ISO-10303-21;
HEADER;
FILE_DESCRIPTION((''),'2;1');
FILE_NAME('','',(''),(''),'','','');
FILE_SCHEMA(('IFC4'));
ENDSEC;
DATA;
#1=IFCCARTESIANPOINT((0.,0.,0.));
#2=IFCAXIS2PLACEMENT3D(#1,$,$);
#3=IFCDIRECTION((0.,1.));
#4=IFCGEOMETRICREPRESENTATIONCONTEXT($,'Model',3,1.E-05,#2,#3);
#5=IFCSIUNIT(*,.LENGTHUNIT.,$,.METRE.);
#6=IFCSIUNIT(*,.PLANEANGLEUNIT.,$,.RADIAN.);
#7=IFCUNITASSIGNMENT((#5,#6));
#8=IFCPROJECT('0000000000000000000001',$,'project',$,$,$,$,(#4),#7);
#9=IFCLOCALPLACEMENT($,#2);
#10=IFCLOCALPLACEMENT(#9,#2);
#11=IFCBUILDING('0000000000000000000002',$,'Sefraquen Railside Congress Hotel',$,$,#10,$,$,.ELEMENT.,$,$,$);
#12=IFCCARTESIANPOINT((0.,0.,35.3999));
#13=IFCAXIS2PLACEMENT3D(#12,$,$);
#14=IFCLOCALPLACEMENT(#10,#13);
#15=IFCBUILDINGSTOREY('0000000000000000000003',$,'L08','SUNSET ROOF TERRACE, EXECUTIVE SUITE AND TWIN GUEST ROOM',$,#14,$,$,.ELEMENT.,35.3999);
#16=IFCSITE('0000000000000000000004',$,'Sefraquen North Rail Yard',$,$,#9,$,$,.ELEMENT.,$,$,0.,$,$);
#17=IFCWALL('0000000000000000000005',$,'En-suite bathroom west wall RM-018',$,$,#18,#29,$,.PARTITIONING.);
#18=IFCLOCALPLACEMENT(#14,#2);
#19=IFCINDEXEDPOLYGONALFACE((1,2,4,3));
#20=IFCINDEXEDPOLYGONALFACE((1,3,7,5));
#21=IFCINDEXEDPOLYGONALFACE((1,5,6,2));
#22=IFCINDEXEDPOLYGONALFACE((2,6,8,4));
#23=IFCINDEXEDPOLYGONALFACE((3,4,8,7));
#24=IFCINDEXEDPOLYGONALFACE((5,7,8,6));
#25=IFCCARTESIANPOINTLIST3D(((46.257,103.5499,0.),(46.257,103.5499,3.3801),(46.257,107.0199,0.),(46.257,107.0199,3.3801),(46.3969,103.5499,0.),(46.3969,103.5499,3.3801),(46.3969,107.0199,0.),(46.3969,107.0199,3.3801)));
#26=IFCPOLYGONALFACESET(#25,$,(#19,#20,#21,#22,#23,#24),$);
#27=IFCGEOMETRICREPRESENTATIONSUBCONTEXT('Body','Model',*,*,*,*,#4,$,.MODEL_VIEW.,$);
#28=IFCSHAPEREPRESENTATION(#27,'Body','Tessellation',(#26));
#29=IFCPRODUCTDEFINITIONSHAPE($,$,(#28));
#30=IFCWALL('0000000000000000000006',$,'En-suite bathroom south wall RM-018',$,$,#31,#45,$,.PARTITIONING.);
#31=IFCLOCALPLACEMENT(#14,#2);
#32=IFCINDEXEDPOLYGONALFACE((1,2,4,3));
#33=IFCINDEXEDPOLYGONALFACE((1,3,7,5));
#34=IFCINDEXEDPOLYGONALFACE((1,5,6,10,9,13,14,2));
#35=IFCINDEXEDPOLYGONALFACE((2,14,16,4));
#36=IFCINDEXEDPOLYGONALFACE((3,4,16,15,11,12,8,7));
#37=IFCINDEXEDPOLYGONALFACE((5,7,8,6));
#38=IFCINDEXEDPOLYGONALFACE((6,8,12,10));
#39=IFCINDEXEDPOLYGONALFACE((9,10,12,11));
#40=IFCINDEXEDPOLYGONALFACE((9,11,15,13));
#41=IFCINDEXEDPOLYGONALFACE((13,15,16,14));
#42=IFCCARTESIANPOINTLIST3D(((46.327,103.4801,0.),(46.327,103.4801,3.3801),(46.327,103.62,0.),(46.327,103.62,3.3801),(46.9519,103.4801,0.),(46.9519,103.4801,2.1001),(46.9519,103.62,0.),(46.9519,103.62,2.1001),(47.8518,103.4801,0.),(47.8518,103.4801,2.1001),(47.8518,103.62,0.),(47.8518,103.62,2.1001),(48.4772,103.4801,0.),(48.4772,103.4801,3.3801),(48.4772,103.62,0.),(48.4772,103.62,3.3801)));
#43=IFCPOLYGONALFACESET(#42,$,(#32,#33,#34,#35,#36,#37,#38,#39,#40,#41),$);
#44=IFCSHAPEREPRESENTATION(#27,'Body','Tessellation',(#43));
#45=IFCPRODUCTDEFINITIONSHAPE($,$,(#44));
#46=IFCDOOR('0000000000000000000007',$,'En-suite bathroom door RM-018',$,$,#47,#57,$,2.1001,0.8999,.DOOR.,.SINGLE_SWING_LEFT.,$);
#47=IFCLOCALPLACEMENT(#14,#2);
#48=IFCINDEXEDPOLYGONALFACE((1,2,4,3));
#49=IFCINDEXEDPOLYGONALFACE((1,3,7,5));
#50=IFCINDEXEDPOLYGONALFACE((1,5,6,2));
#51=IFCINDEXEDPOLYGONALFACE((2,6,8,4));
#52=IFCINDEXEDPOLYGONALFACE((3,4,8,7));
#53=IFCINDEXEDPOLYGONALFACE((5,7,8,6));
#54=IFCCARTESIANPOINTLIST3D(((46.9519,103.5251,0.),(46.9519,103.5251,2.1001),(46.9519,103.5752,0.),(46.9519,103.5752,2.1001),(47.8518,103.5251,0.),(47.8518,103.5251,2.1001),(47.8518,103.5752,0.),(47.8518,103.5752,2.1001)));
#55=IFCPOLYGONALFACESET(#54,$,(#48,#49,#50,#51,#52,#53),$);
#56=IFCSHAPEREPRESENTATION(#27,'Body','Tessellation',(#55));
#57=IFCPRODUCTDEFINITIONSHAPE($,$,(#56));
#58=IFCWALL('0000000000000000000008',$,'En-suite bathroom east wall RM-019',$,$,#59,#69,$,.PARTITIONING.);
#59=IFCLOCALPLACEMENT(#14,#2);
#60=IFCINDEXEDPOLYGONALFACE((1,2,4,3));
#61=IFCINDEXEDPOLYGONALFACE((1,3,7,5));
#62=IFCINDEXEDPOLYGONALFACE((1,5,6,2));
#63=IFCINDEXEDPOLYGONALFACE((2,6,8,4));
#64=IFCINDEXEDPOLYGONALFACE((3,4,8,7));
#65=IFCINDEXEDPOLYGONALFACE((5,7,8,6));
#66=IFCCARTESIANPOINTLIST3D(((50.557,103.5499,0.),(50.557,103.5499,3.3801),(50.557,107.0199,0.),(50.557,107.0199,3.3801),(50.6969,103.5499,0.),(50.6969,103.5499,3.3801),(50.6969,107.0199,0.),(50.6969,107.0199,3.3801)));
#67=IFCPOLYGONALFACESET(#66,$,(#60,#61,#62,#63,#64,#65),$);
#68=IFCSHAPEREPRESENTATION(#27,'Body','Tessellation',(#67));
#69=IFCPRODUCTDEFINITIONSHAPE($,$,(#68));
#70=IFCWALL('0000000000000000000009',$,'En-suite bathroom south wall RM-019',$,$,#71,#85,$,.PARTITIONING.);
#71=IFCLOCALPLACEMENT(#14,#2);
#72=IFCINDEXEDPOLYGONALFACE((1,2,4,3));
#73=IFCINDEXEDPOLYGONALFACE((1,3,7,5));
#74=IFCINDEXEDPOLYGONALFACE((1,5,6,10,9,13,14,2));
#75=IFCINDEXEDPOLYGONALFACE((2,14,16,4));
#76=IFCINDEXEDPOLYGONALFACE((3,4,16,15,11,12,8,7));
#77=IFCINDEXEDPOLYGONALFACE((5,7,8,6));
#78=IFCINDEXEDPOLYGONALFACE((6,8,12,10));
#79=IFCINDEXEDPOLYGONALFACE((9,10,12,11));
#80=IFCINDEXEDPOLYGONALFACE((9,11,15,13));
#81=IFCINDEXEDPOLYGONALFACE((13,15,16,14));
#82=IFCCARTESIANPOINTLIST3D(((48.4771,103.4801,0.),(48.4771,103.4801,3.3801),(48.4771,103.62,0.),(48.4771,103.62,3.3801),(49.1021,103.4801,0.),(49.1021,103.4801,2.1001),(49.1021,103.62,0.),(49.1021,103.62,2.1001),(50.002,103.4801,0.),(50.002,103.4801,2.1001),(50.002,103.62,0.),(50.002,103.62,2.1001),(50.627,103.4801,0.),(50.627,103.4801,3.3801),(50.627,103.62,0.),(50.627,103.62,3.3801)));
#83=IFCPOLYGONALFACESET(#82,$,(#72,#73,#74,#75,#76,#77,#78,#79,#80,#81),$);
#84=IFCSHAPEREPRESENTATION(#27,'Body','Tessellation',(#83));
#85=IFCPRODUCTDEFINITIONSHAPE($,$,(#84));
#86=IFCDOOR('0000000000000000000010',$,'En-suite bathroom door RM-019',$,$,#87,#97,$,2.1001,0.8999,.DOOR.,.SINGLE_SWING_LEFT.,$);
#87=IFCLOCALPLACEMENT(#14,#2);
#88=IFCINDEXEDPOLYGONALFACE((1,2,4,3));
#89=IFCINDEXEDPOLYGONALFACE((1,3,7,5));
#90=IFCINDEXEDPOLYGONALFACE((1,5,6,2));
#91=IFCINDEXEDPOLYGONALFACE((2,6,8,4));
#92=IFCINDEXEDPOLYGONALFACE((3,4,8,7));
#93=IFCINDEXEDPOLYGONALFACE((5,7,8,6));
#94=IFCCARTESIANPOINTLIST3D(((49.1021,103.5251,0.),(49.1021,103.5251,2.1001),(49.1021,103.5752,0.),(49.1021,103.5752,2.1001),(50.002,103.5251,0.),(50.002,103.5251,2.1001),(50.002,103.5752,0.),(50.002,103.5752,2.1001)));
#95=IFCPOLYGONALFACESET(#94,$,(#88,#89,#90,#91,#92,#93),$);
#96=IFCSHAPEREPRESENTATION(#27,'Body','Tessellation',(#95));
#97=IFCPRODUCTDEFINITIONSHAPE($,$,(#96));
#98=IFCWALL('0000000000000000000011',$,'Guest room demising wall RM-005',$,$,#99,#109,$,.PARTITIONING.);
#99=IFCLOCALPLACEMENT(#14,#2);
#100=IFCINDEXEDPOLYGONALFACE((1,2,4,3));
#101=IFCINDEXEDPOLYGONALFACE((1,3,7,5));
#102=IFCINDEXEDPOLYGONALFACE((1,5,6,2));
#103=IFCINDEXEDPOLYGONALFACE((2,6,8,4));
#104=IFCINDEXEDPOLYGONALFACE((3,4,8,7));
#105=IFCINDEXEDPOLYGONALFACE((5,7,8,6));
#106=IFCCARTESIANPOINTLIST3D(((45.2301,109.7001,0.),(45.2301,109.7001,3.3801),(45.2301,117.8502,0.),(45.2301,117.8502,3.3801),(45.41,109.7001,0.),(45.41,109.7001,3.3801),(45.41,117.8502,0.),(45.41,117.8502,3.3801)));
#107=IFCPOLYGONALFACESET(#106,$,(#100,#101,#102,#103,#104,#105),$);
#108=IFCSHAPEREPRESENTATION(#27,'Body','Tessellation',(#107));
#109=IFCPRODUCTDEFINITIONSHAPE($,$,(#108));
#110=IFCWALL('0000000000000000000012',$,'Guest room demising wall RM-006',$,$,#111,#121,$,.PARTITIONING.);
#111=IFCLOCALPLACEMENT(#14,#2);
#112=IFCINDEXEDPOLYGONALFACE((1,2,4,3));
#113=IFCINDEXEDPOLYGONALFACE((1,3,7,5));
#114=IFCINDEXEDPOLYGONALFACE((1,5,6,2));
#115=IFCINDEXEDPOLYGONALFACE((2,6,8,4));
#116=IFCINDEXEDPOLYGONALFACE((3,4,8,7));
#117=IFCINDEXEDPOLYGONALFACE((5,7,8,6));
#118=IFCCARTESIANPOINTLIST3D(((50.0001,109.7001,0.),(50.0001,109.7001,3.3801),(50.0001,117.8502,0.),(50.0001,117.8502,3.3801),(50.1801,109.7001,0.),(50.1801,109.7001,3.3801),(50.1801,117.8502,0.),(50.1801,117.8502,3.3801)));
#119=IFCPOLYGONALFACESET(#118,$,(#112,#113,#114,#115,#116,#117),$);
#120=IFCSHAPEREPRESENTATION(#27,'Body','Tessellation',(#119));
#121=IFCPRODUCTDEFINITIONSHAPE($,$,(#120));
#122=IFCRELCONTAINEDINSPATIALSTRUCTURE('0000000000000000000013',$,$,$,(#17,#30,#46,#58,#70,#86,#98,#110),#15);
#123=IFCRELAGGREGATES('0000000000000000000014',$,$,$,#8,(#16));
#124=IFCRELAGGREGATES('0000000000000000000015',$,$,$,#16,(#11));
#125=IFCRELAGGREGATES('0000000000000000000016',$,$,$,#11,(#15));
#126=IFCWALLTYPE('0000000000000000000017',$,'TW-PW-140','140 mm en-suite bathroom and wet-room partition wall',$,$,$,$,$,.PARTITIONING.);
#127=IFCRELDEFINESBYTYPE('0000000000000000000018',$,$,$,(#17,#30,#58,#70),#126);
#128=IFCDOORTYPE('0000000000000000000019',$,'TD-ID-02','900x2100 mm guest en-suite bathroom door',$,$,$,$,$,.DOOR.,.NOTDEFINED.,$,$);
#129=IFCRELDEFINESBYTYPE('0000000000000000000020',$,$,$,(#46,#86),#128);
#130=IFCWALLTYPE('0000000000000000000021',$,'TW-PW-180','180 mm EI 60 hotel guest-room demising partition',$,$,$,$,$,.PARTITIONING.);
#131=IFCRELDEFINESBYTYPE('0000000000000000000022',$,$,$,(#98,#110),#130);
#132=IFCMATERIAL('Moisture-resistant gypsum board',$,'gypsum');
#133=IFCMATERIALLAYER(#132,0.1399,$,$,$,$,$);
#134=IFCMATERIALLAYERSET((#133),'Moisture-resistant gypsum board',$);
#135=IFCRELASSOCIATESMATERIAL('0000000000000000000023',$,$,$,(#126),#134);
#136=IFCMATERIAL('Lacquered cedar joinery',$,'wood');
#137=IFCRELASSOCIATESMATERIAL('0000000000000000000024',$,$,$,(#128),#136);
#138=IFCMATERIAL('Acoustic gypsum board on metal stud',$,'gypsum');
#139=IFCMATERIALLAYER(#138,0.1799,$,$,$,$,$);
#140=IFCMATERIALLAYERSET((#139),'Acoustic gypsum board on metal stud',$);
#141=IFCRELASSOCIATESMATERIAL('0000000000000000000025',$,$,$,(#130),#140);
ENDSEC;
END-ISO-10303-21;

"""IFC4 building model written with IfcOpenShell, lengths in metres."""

from ifc_helpers import new_model, si_unit, direction, frame, frame_2d, origin, place, context, subcontext, project, spatial, rectangle, extrude, material, layer, layer_set, type_object, element, fill, save


model = new_model("IFC4")

# Units and contexts
model_context = context("Model", 3, precision=1e-05, world=origin(), true_north=direction((0.0, 1.0)))
body_context = subcontext(model_context, "Body", "Model", "MODEL_VIEW")
ifc_project = project(units=[si_unit("LENGTHUNIT", "METRE"), si_unit("PLANEANGLEUNIT", "RADIAN")], contexts=[model_context])

# Site, building, storey
site_placement = place(None, origin())
site = spatial("IfcSite", under=ifc_project, at=site_placement, Name="Sefraquen North Rail Yard", CompositionType="ELEMENT", RefElevation=0.0)
building_placement = place(site_placement, origin())
building = spatial("IfcBuilding", under=site, at=building_placement, Name="Sefraquen Railside Congress Hotel", CompositionType="ELEMENT")
storey_placement = place(building_placement, frame((0.0, 0.0, 35.3999)))
storey = spatial("IfcBuildingStorey", under=building, at=storey_placement, Name="L08", Description="SUNSET ROOF TERRACE, EXECUTIVE SUITE AND TWIN GUEST ROOM", CompositionType="ELEMENT", Elevation=35.3999)

# Shared definitions
ifc_material_1 = material(Name="Moisture-resistant gypsum board", Category="gypsum")
ifc_layer_1 = layer(ifc_material_1, 0.1399)
ifc_layer_set_1 = layer_set([ifc_layer_1], Name="Moisture-resistant gypsum board")
wall_type_1 = type_object("IfcWallType", Name="TW-PW-140", Description="140 mm en-suite bathroom and wet-room partition wall", PredefinedType="PARTITIONING", material=ifc_layer_set_1)

# Shared definitions
ifc_material_2 = material(Name="Lacquered cedar joinery", Category="wood")
door_type = type_object("IfcDoorType", Name="TD-ID-02", Description="900x2100 mm guest en-suite bathroom door", OperationType="NOTDEFINED", PredefinedType="DOOR", material=ifc_material_2)

# Wall
wall_1_placement = place(storey_placement, frame((46.3269, 103.55, 0.0), z_axis=(0.0, 0.0, 1.0), x_axis=(0.0, 1.0, 0.0)))
element("IfcWall", 1, at=wall_1_placement, inside=storey, type_object=wall_type_1, Name="En-suite bathroom west wall RM-018", PredefinedType="PARTITIONING", context=body_context, shape_type="SweptSolid", body=[
    extrude(rectangle(XDim=3.47, YDim=0.1399, at=frame_2d((1.7349, 0.0))), origin(), (0.0, 0.0, 1.0), 3.3801),
])

# Wall, opening, door
wall_2_placement = place(storey_placement, frame((46.3269, 103.55, 0.0), z_axis=(0.0, 0.0, 1.0), x_axis=(1.0, 0.0, 0.0)))
wall_2 = element("IfcWall", 2, at=wall_2_placement, inside=storey, type_object=wall_type_1, Name="En-suite bathroom south wall RM-018", PredefinedType="PARTITIONING", context=body_context, shape_type="SweptSolid", body=[
    extrude(rectangle(XDim=2.1501, YDim=0.1399, at=frame_2d((1.0752, 0.0))), origin(), (0.0, 0.0, 1.0), 3.3801),
])
opening_1_placement = place(wall_2_placement, frame((0.625, 0.0, 0.0)))
opening_1 = element("IfcOpeningElement", 3, at=opening_1_placement, cuts=wall_2, PredefinedType="OPENING", context=body_context, shape_type="SweptSolid", body=[
    extrude(rectangle(XDim=0.8999, YDim=2.1001, at=frame_2d((0.45, 1.05))), frame((0.0, 0.0798, 0.0), z_axis=(0.0, -1.0, 0.0), x_axis=(1.0, 0.0, 0.0)), (0.0, 0.0, 1.0), 0.1599),
])
door_1_placement = place(opening_1_placement, frame((0.8999, 0.0, 0.0), z_axis=(0.0, 0.0, 1.0), x_axis=(-1.0, 0.0, 0.0)))
door_1 = element("IfcDoor", 4, at=door_1_placement, inside=storey, type_object=door_type, Name="En-suite bathroom door RM-018", OperationType="SINGLE_SWING_LEFT", OverallHeight=2.1001, OverallWidth=0.8999, PredefinedType="DOOR", context=body_context, shape_type="SweptSolid", body=[
    extrude(rectangle(XDim=0.8999, YDim=2.1001, at=frame_2d((0.45, 1.05))), frame((0.0, 0.0249, 0.0), z_axis=(0.0, -1.0, 0.0), x_axis=(1.0, 0.0, 0.0)), (0.0, 0.0, 1.0), 0.05),
])
fill(opening_1, door_1)

# Wall
wall_3_placement = place(storey_placement, frame((50.627, 103.55, 0.0), z_axis=(0.0, 0.0, 1.0), x_axis=(0.0, 1.0, 0.0)))
element("IfcWall", 5, at=wall_3_placement, inside=storey, type_object=wall_type_1, Name="En-suite bathroom east wall RM-019", PredefinedType="PARTITIONING", context=body_context, shape_type="SweptSolid", body=[
    extrude(rectangle(XDim=3.47, YDim=0.1399, at=frame_2d((1.7349, 0.0))), origin(), (0.0, 0.0, 1.0), 3.3801),
])

# Wall, opening, door
wall_4_placement = place(storey_placement, frame((48.4771, 103.55, 0.0), z_axis=(0.0, 0.0, 1.0), x_axis=(1.0, 0.0, 0.0)))
wall_4 = element("IfcWall", 6, at=wall_4_placement, inside=storey, type_object=wall_type_1, Name="En-suite bathroom south wall RM-019", PredefinedType="PARTITIONING", context=body_context, shape_type="SweptSolid", body=[
    extrude(rectangle(XDim=2.1499, YDim=0.1399, at=frame_2d((1.075, 0.0))), origin(), (0.0, 0.0, 1.0), 3.3801),
])
opening_2_placement = place(wall_4_placement, frame((0.625, 0.0, 0.0)))
opening_2 = element("IfcOpeningElement", 7, at=opening_2_placement, cuts=wall_4, PredefinedType="OPENING", context=body_context, shape_type="SweptSolid", body=[
    extrude(rectangle(XDim=0.8999, YDim=2.1001, at=frame_2d((0.45, 1.05))), frame((0.0, 0.0798, 0.0), z_axis=(0.0, -1.0, 0.0), x_axis=(1.0, 0.0, 0.0)), (0.0, 0.0, 1.0), 0.1599),
])
door_2_placement = place(opening_2_placement, frame((0.8999, 0.0, 0.0), z_axis=(0.0, 0.0, 1.0), x_axis=(-1.0, 0.0, 0.0)))
door_2 = element("IfcDoor", 8, at=door_2_placement, inside=storey, type_object=door_type, Name="En-suite bathroom door RM-019", OperationType="SINGLE_SWING_LEFT", OverallHeight=2.1001, OverallWidth=0.8999, PredefinedType="DOOR", context=body_context, shape_type="SweptSolid", body=[
    extrude(rectangle(XDim=0.8999, YDim=2.1001, at=frame_2d((0.45, 1.05))), frame((0.0, 0.0249, 0.0), z_axis=(0.0, -1.0, 0.0), x_axis=(1.0, 0.0, 0.0)), (0.0, 0.0, 1.0), 0.05),
])
fill(opening_2, door_2)

# Walls
ifc_material_3 = material(Name="Acoustic gypsum board on metal stud", Category="gypsum")
ifc_layer_2 = layer(ifc_material_3, 0.1799)
ifc_layer_set_2 = layer_set([ifc_layer_2], Name="Acoustic gypsum board on metal stud")
wall_type_2 = type_object("IfcWallType", Name="TW-PW-180", Description="180 mm EI 60 hotel guest-room demising partition", PredefinedType="PARTITIONING", material=ifc_layer_set_2)
for number, where, z_axis, x_axis, name in (
    (9, (45.3201, 109.7, 0.0), (0.0, 0.0, 1.0), (0.0, 1.0, 0.0), "Guest room demising wall RM-005"),
    (10, (50.0901, 109.7, 0.0), (0.0, 0.0, 1.0), (0.0, 1.0, 0.0), "Guest room demising wall RM-006"),
):
    element("IfcWall", number, at=place(storey_placement, frame(where, z_axis=z_axis, x_axis=x_axis)), inside=storey, type_object=wall_type_2, Name=name, PredefinedType="PARTITIONING", context=body_context, shape_type="SweptSolid", body=[
        extrude(rectangle(XDim=8.1501, YDim=0.1799, at=frame_2d((4.0752, 0.0))), origin(), (0.0, 0.0, 1.0), 3.3801),
    ])

save(model, "model.ifc")
